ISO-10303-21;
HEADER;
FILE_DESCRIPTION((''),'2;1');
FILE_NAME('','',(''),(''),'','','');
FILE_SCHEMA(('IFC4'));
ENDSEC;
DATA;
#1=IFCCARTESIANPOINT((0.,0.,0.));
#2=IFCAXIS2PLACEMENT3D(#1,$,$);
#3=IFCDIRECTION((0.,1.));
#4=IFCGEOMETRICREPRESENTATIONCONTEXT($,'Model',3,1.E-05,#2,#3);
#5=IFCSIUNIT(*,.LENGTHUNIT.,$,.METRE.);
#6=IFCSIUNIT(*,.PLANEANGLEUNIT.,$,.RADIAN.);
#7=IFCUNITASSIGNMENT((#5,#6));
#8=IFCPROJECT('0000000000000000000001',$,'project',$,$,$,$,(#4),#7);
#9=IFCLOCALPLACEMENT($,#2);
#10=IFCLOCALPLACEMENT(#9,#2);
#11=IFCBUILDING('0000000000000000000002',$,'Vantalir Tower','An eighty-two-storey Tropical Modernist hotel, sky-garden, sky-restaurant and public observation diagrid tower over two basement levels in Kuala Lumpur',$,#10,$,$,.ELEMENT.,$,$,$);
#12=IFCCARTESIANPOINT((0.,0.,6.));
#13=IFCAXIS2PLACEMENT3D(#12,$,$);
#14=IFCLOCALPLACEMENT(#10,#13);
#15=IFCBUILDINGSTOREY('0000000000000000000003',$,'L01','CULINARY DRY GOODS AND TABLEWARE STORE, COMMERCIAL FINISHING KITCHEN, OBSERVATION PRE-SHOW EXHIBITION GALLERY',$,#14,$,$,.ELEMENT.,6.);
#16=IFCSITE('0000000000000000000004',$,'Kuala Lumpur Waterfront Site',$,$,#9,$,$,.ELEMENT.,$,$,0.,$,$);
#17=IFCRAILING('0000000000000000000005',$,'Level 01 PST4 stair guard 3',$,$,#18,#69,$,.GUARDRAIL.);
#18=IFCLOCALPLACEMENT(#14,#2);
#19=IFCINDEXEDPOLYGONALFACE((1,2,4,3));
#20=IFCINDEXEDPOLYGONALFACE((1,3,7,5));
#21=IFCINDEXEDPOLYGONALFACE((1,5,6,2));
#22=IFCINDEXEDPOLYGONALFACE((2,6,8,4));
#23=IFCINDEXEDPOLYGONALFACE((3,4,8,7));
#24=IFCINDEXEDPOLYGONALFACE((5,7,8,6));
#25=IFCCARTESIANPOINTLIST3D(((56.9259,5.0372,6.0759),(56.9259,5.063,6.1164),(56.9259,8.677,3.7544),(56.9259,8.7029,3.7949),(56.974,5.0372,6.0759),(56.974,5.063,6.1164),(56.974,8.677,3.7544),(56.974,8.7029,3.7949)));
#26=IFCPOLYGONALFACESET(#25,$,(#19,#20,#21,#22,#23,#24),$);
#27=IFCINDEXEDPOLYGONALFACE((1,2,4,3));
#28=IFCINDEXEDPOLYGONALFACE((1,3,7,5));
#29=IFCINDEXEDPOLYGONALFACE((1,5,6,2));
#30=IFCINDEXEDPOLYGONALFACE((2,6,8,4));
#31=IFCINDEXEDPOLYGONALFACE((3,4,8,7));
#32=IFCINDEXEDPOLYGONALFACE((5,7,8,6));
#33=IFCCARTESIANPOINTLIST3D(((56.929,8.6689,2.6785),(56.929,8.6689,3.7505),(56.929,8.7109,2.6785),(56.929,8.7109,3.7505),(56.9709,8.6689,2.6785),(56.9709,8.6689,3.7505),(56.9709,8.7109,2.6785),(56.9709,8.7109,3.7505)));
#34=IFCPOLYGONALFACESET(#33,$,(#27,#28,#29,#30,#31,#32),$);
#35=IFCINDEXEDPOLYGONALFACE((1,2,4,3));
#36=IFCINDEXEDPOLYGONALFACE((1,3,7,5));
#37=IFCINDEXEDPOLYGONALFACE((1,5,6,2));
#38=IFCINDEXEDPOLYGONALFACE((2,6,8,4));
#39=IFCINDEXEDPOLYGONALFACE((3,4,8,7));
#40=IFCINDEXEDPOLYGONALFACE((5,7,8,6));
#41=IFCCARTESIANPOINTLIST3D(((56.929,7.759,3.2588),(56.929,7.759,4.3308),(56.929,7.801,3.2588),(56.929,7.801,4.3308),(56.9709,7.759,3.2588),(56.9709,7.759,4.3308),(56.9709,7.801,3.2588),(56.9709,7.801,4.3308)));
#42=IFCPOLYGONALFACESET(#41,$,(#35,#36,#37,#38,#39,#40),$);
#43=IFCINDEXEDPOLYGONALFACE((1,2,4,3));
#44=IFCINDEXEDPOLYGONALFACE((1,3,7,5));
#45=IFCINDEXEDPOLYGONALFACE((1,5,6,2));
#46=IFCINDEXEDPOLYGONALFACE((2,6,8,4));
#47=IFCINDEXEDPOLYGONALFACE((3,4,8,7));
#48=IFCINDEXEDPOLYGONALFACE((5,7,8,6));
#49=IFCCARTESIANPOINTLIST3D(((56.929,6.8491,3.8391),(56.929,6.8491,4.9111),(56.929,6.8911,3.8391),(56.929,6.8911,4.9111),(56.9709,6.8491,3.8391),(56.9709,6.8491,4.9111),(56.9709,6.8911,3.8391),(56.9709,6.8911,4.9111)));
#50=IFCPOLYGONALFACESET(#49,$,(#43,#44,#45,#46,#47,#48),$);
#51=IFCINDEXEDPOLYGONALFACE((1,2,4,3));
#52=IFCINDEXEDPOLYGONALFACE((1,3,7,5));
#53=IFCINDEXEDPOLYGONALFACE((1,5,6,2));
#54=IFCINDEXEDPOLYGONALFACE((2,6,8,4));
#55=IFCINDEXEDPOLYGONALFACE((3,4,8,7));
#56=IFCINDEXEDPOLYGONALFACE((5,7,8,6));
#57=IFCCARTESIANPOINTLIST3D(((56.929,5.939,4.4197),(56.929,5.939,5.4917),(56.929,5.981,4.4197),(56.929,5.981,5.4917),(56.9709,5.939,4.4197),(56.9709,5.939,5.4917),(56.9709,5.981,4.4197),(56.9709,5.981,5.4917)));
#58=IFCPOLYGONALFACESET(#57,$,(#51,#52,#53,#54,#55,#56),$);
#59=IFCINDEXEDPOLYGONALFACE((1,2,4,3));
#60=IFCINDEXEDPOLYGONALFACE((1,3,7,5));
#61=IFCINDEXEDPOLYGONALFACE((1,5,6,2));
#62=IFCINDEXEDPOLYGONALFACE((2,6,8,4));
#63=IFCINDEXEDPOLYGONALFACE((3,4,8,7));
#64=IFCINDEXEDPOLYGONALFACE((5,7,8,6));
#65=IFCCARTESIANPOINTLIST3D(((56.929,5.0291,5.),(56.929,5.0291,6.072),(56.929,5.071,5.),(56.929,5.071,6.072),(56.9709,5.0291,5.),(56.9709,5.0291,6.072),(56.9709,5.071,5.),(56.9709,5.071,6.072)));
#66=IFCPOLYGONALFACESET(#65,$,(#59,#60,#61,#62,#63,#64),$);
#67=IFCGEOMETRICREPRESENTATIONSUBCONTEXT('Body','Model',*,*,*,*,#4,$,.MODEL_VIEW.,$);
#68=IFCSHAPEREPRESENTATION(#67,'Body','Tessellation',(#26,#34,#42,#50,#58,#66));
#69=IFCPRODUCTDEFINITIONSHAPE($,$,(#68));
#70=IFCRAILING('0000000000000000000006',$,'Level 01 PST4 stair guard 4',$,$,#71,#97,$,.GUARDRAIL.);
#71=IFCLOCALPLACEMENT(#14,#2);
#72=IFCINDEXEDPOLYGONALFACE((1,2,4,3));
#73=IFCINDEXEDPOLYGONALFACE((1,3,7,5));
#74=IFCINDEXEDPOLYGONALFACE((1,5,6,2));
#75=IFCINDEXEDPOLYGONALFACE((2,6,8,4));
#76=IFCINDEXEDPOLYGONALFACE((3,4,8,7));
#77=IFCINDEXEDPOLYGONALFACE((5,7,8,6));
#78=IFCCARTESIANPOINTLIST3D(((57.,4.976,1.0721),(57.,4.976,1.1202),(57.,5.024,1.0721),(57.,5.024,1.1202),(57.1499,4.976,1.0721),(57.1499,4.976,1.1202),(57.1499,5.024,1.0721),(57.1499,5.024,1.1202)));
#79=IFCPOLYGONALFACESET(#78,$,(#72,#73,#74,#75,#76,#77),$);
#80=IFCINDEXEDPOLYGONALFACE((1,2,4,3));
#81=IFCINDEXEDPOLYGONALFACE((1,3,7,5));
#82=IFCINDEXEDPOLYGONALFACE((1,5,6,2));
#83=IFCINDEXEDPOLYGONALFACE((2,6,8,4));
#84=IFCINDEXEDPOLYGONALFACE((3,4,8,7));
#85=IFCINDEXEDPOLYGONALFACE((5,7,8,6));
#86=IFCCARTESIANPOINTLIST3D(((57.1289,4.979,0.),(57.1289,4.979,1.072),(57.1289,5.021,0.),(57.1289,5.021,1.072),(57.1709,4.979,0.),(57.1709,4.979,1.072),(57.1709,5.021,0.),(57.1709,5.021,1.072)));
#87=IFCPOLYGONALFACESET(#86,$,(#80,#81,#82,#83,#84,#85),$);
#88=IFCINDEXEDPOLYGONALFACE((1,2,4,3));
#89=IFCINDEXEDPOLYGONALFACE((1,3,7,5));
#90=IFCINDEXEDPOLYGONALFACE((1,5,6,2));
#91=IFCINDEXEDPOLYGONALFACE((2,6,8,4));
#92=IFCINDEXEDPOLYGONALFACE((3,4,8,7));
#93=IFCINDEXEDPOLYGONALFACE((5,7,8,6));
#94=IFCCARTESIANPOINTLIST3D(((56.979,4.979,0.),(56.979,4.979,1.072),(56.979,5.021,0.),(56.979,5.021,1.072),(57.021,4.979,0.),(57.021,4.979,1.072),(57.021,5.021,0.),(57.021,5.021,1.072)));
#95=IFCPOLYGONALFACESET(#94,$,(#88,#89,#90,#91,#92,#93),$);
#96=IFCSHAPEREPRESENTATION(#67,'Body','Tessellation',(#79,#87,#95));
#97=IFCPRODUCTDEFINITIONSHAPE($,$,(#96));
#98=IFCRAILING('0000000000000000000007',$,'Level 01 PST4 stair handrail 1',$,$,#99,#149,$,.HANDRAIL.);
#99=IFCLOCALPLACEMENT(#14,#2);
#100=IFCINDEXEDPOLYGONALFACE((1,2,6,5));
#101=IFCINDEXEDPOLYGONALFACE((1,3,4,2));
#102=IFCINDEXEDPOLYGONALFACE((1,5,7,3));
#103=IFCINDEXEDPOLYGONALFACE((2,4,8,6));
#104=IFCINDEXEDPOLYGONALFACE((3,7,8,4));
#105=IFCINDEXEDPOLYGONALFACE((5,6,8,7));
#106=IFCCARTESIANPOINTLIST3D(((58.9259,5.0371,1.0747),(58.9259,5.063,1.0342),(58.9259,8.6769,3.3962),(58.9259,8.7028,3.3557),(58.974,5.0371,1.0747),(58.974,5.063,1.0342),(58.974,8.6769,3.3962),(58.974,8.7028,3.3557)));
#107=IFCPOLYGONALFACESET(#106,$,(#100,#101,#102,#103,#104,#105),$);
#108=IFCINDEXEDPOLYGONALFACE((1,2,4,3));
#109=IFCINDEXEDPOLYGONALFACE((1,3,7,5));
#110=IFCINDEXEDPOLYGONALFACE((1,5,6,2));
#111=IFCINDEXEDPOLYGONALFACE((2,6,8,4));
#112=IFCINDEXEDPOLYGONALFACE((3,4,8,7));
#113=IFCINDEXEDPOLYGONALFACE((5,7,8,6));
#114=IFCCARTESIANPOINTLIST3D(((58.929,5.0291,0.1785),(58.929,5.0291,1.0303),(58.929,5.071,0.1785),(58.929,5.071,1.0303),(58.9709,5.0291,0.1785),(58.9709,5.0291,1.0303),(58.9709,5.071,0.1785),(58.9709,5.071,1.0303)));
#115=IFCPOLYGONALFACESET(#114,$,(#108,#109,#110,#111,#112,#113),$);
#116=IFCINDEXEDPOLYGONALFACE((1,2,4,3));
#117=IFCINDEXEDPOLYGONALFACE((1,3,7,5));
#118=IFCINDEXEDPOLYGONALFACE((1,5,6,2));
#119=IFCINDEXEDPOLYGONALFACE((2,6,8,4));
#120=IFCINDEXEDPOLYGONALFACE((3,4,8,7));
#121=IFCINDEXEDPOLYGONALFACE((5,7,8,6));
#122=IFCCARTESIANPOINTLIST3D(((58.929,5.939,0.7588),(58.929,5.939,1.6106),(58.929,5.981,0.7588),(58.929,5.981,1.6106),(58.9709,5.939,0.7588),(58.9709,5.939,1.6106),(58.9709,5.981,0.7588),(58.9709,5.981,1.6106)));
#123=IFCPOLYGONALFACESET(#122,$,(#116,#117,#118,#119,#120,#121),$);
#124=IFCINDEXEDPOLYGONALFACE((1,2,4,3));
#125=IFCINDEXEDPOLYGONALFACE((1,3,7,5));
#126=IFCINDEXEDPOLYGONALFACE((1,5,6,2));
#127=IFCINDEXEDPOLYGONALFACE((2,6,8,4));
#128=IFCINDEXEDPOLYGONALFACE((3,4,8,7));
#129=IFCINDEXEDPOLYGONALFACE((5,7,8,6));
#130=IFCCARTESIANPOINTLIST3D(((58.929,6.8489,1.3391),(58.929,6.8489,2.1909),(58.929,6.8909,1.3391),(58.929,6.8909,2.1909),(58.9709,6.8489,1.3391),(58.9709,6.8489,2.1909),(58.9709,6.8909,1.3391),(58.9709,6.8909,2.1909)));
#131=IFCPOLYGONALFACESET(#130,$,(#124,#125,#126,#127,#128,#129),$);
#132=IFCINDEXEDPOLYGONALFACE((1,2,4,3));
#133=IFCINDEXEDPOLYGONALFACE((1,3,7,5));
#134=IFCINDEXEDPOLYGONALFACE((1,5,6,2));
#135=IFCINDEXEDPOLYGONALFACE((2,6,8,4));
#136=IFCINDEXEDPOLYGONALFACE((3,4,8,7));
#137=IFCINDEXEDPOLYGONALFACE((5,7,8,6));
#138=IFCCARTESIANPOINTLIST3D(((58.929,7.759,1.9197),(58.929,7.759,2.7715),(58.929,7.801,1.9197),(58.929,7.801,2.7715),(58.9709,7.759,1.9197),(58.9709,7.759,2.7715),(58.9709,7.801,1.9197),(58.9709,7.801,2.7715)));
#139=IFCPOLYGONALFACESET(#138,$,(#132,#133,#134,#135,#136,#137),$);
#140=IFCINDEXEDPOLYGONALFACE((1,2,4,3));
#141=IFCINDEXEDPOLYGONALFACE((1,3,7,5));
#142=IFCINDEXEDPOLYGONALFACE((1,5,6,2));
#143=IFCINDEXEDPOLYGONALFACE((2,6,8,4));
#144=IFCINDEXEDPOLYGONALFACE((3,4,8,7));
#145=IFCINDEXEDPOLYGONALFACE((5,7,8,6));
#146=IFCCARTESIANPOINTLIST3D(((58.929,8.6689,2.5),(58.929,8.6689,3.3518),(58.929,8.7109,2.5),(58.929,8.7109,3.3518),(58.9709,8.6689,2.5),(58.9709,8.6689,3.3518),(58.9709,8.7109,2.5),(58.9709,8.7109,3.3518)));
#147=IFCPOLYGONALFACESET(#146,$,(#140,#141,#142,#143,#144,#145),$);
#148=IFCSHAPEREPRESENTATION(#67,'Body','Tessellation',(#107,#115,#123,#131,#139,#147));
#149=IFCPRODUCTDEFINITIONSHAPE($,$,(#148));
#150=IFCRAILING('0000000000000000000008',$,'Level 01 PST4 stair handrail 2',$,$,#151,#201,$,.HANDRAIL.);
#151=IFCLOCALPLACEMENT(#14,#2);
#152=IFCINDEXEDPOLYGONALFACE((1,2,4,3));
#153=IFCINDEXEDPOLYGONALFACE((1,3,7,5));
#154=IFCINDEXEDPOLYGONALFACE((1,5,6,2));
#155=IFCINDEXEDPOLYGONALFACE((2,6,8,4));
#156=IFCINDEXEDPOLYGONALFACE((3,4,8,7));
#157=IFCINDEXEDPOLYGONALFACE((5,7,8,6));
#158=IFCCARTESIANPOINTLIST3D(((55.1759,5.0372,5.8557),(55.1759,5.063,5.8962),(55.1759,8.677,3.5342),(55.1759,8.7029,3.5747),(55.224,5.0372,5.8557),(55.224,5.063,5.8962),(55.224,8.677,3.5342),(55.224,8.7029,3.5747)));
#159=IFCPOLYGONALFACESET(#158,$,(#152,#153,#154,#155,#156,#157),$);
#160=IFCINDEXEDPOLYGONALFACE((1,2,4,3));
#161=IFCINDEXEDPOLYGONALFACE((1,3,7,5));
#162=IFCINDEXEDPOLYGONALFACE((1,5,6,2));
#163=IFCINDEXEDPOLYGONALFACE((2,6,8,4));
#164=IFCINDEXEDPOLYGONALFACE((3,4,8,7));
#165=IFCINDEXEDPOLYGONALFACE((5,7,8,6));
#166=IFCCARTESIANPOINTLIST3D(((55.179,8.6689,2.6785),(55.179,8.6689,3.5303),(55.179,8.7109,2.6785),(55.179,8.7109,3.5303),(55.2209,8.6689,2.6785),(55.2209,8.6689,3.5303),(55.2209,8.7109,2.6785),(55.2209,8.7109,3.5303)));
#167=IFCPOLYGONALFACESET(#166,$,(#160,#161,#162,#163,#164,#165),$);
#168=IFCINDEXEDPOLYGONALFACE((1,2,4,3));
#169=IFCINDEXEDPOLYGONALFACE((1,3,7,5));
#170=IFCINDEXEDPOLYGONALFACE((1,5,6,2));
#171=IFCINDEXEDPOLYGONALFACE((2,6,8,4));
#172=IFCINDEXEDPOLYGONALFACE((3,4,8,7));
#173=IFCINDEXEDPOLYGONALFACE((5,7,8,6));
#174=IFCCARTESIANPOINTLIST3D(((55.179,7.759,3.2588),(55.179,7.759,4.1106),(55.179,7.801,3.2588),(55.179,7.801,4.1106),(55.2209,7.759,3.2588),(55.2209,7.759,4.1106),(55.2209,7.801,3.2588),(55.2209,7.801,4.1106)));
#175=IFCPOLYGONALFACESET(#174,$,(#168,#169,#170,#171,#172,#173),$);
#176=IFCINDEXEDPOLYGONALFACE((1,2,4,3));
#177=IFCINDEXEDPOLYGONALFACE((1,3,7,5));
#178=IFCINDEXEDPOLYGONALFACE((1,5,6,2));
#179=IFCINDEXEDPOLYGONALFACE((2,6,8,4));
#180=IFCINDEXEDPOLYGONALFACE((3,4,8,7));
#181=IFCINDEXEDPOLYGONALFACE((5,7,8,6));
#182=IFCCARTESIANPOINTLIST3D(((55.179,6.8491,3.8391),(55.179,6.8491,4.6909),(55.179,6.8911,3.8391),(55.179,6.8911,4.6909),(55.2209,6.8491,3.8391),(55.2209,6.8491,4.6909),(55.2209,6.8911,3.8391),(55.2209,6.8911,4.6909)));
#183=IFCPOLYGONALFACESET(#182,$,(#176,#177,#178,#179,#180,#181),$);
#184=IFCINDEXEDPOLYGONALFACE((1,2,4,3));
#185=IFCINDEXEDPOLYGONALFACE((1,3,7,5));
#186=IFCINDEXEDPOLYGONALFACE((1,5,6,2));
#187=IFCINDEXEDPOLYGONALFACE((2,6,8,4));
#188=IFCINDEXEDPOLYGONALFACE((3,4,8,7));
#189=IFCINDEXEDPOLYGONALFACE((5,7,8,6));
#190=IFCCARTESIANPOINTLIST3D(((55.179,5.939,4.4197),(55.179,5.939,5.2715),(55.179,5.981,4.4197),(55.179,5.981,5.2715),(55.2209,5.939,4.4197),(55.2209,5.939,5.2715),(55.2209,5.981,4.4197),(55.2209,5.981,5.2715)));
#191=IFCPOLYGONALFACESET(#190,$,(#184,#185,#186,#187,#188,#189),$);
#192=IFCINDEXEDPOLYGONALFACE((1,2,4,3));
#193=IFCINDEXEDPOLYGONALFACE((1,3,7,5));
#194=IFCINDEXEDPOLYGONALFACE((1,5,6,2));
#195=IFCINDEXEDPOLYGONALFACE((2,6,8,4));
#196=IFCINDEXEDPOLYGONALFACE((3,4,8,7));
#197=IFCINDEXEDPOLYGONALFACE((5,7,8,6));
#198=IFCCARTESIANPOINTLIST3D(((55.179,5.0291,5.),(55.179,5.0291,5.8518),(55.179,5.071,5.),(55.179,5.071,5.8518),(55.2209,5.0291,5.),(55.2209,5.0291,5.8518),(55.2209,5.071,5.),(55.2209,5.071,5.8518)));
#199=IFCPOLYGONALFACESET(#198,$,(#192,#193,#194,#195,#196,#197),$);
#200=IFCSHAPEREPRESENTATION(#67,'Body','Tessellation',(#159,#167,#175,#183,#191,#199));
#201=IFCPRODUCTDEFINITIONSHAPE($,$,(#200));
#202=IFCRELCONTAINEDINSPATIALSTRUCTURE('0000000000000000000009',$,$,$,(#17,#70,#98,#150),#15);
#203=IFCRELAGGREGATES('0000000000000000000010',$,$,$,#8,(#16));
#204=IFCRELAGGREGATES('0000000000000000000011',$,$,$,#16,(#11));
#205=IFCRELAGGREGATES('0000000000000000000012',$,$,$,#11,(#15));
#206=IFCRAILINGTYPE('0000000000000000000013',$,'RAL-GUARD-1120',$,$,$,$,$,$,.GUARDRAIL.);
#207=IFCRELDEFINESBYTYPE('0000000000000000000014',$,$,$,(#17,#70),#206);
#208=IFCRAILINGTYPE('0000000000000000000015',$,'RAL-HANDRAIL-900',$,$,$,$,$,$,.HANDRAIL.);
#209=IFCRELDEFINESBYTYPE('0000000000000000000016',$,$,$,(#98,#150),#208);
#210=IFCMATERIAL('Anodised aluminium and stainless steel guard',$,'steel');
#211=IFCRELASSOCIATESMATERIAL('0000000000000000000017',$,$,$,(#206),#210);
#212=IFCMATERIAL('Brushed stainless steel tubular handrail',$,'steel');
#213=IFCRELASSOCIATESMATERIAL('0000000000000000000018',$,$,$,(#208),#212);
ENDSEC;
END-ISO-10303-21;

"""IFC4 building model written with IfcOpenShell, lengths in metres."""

from ifc_helpers import new_model, si_unit, direction, frame, origin, origin_2d, place, context, subcontext, project, spatial, rectangle, extrude, material, type_object, element, save


model = new_model("IFC4")

# Units and contexts
model_context = context("Model", 3, precision=1e-05, world=origin(), true_north=direction((0.0, 1.0)))
body_context = subcontext(model_context, "Body", "Model", "MODEL_VIEW")
ifc_project = project(units=[si_unit("LENGTHUNIT", "METRE"), si_unit("PLANEANGLEUNIT", "RADIAN")], contexts=[model_context])

# Site, building, storey
site_placement = place(None, origin())
site = spatial("IfcSite", under=ifc_project, at=site_placement, Name="Kuala Lumpur Waterfront Site", CompositionType="ELEMENT", RefElevation=0.0)
building_placement = place(site_placement, origin())
building = spatial("IfcBuilding", under=site, at=building_placement, Name="Vantalir Tower", Description="An eighty-two-storey Tropical Modernist hotel, sky-garden, sky-restaurant and public observation diagrid tower over two basement levels in Kuala Lumpur", CompositionType="ELEMENT")
storey_placement = place(building_placement, frame((0.0, 0.0, 6.0)))
storey = spatial("IfcBuildingStorey", under=building, at=storey_placement, Name="L01", Description="CULINARY DRY GOODS AND TABLEWARE STORE, COMMERCIAL FINISHING KITCHEN, OBSERVATION PRE-SHOW EXHIBITION GALLERY", CompositionType="ELEMENT", Elevation=6.0)

# Railings
ifc_material_1 = material(Name="Anodised aluminium and stainless steel guard", Category="steel")
railing_type_1 = type_object("IfcRailingType", Name="RAL-GUARD-1120", PredefinedType="GUARDRAIL", material=ifc_material_1)
railing_1_placement = place(storey_placement, frame((56.95, 8.6899, 2.6785)))
element("IfcRailing", 1, at=railing_1_placement, inside=storey, type_object=railing_type_1, Name="Level 01 PST4 stair guard 3", PredefinedType="GUARDRAIL", context=body_context, shape_type="SweptSolid", body=[
    extrude(rectangle(XDim=0.0481, YDim=0.0481, at=origin_2d()), frame((0.0, 0.0, 1.0962), z_axis=(0.0, -0.843112, 0.537739), x_axis=(1.0, 0.0, 0.0)), (0.0, 0.0, 1.0), 4.3171),
    extrude(rectangle(XDim=0.042, YDim=0.042, at=origin_2d()), origin(), (0.0, 0.0, 1.0), 1.072),
    extrude(rectangle(XDim=0.042, YDim=0.042, at=origin_2d()), frame((0.0, -0.9099, 0.5803)), (0.0, 0.0, 1.0), 1.072),
    extrude(rectangle(XDim=0.042, YDim=0.042, at=origin_2d()), frame((0.0, -1.8198, 1.1606)), (0.0, 0.0, 1.0), 1.072),
    extrude(rectangle(XDim=0.042, YDim=0.042, at=origin_2d()), frame((0.0, -2.73, 1.7412)), (0.0, 0.0, 1.0), 1.072),
    extrude(rectangle(XDim=0.042, YDim=0.042, at=origin_2d()), frame((0.0, -3.6399, 2.3215)), (0.0, 0.0, 1.0), 1.072),
])
railing_2_placement = place(storey_placement, frame((57.1499, 5.0, 0.0)))
element("IfcRailing", 2, at=railing_2_placement, inside=storey, type_object=railing_type_1, Name="Level 01 PST4 stair guard 4", PredefinedType="GUARDRAIL", context=body_context, shape_type="SweptSolid", body=[
    extrude(rectangle(XDim=0.0481, YDim=0.0481, at=origin_2d()), frame((0.0, 0.0, 1.0962), z_axis=(-1.0, 0.0, 0.0), x_axis=(0.0, -1.0, 0.0)), (0.0, 0.0, 1.0), 0.1499),
    extrude(rectangle(XDim=0.042, YDim=0.042, at=origin_2d()), origin(), (0.0, 0.0, 1.0), 1.072),
    extrude(rectangle(XDim=0.042, YDim=0.042, at=origin_2d()), frame((-0.1499, 0.0, 0.0)), (0.0, 0.0, 1.0), 1.072),
])
ifc_material_2 = material(Name="Brushed stainless steel tubular handrail", Category="steel")
railing_type_2 = type_object("IfcRailingType", Name="RAL-HANDRAIL-900", PredefinedType="HANDRAIL", material=ifc_material_2)
railing_3_placement = place(storey_placement, frame((58.95, 5.05, 0.1785)))
element("IfcRailing", 3, at=railing_3_placement, inside=storey, type_object=railing_type_2, Name="Level 01 PST4 stair handrail 1", PredefinedType="HANDRAIL", context=body_context, shape_type="SweptSolid", body=[
    extrude(rectangle(XDim=0.0481, YDim=0.0481, at=origin_2d()), frame((0.0, 0.0, 0.876), z_axis=(0.0, 0.843112, 0.537739), x_axis=(-1.0, 0.0, 0.0)), (0.0, 0.0, 1.0), 4.3171),
    extrude(rectangle(XDim=0.042, YDim=0.042, at=origin_2d()), origin(), (0.0, 0.0, 1.0), 0.8518),
    extrude(rectangle(XDim=0.042, YDim=0.042, at=origin_2d()), frame((0.0, 0.9099, 0.5803)), (0.0, 0.0, 1.0), 0.8518),
    extrude(rectangle(XDim=0.042, YDim=0.042, at=origin_2d()), frame((0.0, 1.8198, 1.1606)), (0.0, 0.0, 1.0), 0.8518),
    extrude(rectangle(XDim=0.042, YDim=0.042, at=origin_2d()), frame((0.0, 2.73, 1.7412)), (0.0, 0.0, 1.0), 0.8518),
    extrude(rectangle(XDim=0.042, YDim=0.042, at=origin_2d()), frame((0.0, 3.6399, 2.3215)), (0.0, 0.0, 1.0), 0.8518),
])
railing_4_placement = place(storey_placement, frame((55.2, 8.6899, 2.6785)))
element("IfcRailing", 4, at=railing_4_placement, inside=storey, type_object=railing_type_2, Name="Level 01 PST4 stair handrail 2", PredefinedType="HANDRAIL", context=body_context, shape_type="SweptSolid", body=[
    extrude(rectangle(XDim=0.0481, YDim=0.0481, at=origin_2d()), frame((0.0, 0.0, 0.876), z_axis=(0.0, -0.843112, 0.537739), x_axis=(1.0, 0.0, 0.0)), (0.0, 0.0, 1.0), 4.3171),
    extrude(rectangle(XDim=0.042, YDim=0.042, at=origin_2d()), origin(), (0.0, 0.0, 1.0), 0.8518),
    extrude(rectangle(XDim=0.042, YDim=0.042, at=origin_2d()), frame((0.0, -0.9099, 0.5803)), (0.0, 0.0, 1.0), 0.8518),
    extrude(rectangle(XDim=0.042, YDim=0.042, at=origin_2d()), frame((0.0, -1.8198, 1.1606)), (0.0, 0.0, 1.0), 0.8518),
    extrude(rectangle(XDim=0.042, YDim=0.042, at=origin_2d()), frame((0.0, -2.73, 1.7412)), (0.0, 0.0, 1.0), 0.8518),
    extrude(rectangle(XDim=0.042, YDim=0.042, at=origin_2d()), frame((0.0, -3.6399, 2.3215)), (0.0, 0.0, 1.0), 0.8518),
])

save(model, "model.ifc")
